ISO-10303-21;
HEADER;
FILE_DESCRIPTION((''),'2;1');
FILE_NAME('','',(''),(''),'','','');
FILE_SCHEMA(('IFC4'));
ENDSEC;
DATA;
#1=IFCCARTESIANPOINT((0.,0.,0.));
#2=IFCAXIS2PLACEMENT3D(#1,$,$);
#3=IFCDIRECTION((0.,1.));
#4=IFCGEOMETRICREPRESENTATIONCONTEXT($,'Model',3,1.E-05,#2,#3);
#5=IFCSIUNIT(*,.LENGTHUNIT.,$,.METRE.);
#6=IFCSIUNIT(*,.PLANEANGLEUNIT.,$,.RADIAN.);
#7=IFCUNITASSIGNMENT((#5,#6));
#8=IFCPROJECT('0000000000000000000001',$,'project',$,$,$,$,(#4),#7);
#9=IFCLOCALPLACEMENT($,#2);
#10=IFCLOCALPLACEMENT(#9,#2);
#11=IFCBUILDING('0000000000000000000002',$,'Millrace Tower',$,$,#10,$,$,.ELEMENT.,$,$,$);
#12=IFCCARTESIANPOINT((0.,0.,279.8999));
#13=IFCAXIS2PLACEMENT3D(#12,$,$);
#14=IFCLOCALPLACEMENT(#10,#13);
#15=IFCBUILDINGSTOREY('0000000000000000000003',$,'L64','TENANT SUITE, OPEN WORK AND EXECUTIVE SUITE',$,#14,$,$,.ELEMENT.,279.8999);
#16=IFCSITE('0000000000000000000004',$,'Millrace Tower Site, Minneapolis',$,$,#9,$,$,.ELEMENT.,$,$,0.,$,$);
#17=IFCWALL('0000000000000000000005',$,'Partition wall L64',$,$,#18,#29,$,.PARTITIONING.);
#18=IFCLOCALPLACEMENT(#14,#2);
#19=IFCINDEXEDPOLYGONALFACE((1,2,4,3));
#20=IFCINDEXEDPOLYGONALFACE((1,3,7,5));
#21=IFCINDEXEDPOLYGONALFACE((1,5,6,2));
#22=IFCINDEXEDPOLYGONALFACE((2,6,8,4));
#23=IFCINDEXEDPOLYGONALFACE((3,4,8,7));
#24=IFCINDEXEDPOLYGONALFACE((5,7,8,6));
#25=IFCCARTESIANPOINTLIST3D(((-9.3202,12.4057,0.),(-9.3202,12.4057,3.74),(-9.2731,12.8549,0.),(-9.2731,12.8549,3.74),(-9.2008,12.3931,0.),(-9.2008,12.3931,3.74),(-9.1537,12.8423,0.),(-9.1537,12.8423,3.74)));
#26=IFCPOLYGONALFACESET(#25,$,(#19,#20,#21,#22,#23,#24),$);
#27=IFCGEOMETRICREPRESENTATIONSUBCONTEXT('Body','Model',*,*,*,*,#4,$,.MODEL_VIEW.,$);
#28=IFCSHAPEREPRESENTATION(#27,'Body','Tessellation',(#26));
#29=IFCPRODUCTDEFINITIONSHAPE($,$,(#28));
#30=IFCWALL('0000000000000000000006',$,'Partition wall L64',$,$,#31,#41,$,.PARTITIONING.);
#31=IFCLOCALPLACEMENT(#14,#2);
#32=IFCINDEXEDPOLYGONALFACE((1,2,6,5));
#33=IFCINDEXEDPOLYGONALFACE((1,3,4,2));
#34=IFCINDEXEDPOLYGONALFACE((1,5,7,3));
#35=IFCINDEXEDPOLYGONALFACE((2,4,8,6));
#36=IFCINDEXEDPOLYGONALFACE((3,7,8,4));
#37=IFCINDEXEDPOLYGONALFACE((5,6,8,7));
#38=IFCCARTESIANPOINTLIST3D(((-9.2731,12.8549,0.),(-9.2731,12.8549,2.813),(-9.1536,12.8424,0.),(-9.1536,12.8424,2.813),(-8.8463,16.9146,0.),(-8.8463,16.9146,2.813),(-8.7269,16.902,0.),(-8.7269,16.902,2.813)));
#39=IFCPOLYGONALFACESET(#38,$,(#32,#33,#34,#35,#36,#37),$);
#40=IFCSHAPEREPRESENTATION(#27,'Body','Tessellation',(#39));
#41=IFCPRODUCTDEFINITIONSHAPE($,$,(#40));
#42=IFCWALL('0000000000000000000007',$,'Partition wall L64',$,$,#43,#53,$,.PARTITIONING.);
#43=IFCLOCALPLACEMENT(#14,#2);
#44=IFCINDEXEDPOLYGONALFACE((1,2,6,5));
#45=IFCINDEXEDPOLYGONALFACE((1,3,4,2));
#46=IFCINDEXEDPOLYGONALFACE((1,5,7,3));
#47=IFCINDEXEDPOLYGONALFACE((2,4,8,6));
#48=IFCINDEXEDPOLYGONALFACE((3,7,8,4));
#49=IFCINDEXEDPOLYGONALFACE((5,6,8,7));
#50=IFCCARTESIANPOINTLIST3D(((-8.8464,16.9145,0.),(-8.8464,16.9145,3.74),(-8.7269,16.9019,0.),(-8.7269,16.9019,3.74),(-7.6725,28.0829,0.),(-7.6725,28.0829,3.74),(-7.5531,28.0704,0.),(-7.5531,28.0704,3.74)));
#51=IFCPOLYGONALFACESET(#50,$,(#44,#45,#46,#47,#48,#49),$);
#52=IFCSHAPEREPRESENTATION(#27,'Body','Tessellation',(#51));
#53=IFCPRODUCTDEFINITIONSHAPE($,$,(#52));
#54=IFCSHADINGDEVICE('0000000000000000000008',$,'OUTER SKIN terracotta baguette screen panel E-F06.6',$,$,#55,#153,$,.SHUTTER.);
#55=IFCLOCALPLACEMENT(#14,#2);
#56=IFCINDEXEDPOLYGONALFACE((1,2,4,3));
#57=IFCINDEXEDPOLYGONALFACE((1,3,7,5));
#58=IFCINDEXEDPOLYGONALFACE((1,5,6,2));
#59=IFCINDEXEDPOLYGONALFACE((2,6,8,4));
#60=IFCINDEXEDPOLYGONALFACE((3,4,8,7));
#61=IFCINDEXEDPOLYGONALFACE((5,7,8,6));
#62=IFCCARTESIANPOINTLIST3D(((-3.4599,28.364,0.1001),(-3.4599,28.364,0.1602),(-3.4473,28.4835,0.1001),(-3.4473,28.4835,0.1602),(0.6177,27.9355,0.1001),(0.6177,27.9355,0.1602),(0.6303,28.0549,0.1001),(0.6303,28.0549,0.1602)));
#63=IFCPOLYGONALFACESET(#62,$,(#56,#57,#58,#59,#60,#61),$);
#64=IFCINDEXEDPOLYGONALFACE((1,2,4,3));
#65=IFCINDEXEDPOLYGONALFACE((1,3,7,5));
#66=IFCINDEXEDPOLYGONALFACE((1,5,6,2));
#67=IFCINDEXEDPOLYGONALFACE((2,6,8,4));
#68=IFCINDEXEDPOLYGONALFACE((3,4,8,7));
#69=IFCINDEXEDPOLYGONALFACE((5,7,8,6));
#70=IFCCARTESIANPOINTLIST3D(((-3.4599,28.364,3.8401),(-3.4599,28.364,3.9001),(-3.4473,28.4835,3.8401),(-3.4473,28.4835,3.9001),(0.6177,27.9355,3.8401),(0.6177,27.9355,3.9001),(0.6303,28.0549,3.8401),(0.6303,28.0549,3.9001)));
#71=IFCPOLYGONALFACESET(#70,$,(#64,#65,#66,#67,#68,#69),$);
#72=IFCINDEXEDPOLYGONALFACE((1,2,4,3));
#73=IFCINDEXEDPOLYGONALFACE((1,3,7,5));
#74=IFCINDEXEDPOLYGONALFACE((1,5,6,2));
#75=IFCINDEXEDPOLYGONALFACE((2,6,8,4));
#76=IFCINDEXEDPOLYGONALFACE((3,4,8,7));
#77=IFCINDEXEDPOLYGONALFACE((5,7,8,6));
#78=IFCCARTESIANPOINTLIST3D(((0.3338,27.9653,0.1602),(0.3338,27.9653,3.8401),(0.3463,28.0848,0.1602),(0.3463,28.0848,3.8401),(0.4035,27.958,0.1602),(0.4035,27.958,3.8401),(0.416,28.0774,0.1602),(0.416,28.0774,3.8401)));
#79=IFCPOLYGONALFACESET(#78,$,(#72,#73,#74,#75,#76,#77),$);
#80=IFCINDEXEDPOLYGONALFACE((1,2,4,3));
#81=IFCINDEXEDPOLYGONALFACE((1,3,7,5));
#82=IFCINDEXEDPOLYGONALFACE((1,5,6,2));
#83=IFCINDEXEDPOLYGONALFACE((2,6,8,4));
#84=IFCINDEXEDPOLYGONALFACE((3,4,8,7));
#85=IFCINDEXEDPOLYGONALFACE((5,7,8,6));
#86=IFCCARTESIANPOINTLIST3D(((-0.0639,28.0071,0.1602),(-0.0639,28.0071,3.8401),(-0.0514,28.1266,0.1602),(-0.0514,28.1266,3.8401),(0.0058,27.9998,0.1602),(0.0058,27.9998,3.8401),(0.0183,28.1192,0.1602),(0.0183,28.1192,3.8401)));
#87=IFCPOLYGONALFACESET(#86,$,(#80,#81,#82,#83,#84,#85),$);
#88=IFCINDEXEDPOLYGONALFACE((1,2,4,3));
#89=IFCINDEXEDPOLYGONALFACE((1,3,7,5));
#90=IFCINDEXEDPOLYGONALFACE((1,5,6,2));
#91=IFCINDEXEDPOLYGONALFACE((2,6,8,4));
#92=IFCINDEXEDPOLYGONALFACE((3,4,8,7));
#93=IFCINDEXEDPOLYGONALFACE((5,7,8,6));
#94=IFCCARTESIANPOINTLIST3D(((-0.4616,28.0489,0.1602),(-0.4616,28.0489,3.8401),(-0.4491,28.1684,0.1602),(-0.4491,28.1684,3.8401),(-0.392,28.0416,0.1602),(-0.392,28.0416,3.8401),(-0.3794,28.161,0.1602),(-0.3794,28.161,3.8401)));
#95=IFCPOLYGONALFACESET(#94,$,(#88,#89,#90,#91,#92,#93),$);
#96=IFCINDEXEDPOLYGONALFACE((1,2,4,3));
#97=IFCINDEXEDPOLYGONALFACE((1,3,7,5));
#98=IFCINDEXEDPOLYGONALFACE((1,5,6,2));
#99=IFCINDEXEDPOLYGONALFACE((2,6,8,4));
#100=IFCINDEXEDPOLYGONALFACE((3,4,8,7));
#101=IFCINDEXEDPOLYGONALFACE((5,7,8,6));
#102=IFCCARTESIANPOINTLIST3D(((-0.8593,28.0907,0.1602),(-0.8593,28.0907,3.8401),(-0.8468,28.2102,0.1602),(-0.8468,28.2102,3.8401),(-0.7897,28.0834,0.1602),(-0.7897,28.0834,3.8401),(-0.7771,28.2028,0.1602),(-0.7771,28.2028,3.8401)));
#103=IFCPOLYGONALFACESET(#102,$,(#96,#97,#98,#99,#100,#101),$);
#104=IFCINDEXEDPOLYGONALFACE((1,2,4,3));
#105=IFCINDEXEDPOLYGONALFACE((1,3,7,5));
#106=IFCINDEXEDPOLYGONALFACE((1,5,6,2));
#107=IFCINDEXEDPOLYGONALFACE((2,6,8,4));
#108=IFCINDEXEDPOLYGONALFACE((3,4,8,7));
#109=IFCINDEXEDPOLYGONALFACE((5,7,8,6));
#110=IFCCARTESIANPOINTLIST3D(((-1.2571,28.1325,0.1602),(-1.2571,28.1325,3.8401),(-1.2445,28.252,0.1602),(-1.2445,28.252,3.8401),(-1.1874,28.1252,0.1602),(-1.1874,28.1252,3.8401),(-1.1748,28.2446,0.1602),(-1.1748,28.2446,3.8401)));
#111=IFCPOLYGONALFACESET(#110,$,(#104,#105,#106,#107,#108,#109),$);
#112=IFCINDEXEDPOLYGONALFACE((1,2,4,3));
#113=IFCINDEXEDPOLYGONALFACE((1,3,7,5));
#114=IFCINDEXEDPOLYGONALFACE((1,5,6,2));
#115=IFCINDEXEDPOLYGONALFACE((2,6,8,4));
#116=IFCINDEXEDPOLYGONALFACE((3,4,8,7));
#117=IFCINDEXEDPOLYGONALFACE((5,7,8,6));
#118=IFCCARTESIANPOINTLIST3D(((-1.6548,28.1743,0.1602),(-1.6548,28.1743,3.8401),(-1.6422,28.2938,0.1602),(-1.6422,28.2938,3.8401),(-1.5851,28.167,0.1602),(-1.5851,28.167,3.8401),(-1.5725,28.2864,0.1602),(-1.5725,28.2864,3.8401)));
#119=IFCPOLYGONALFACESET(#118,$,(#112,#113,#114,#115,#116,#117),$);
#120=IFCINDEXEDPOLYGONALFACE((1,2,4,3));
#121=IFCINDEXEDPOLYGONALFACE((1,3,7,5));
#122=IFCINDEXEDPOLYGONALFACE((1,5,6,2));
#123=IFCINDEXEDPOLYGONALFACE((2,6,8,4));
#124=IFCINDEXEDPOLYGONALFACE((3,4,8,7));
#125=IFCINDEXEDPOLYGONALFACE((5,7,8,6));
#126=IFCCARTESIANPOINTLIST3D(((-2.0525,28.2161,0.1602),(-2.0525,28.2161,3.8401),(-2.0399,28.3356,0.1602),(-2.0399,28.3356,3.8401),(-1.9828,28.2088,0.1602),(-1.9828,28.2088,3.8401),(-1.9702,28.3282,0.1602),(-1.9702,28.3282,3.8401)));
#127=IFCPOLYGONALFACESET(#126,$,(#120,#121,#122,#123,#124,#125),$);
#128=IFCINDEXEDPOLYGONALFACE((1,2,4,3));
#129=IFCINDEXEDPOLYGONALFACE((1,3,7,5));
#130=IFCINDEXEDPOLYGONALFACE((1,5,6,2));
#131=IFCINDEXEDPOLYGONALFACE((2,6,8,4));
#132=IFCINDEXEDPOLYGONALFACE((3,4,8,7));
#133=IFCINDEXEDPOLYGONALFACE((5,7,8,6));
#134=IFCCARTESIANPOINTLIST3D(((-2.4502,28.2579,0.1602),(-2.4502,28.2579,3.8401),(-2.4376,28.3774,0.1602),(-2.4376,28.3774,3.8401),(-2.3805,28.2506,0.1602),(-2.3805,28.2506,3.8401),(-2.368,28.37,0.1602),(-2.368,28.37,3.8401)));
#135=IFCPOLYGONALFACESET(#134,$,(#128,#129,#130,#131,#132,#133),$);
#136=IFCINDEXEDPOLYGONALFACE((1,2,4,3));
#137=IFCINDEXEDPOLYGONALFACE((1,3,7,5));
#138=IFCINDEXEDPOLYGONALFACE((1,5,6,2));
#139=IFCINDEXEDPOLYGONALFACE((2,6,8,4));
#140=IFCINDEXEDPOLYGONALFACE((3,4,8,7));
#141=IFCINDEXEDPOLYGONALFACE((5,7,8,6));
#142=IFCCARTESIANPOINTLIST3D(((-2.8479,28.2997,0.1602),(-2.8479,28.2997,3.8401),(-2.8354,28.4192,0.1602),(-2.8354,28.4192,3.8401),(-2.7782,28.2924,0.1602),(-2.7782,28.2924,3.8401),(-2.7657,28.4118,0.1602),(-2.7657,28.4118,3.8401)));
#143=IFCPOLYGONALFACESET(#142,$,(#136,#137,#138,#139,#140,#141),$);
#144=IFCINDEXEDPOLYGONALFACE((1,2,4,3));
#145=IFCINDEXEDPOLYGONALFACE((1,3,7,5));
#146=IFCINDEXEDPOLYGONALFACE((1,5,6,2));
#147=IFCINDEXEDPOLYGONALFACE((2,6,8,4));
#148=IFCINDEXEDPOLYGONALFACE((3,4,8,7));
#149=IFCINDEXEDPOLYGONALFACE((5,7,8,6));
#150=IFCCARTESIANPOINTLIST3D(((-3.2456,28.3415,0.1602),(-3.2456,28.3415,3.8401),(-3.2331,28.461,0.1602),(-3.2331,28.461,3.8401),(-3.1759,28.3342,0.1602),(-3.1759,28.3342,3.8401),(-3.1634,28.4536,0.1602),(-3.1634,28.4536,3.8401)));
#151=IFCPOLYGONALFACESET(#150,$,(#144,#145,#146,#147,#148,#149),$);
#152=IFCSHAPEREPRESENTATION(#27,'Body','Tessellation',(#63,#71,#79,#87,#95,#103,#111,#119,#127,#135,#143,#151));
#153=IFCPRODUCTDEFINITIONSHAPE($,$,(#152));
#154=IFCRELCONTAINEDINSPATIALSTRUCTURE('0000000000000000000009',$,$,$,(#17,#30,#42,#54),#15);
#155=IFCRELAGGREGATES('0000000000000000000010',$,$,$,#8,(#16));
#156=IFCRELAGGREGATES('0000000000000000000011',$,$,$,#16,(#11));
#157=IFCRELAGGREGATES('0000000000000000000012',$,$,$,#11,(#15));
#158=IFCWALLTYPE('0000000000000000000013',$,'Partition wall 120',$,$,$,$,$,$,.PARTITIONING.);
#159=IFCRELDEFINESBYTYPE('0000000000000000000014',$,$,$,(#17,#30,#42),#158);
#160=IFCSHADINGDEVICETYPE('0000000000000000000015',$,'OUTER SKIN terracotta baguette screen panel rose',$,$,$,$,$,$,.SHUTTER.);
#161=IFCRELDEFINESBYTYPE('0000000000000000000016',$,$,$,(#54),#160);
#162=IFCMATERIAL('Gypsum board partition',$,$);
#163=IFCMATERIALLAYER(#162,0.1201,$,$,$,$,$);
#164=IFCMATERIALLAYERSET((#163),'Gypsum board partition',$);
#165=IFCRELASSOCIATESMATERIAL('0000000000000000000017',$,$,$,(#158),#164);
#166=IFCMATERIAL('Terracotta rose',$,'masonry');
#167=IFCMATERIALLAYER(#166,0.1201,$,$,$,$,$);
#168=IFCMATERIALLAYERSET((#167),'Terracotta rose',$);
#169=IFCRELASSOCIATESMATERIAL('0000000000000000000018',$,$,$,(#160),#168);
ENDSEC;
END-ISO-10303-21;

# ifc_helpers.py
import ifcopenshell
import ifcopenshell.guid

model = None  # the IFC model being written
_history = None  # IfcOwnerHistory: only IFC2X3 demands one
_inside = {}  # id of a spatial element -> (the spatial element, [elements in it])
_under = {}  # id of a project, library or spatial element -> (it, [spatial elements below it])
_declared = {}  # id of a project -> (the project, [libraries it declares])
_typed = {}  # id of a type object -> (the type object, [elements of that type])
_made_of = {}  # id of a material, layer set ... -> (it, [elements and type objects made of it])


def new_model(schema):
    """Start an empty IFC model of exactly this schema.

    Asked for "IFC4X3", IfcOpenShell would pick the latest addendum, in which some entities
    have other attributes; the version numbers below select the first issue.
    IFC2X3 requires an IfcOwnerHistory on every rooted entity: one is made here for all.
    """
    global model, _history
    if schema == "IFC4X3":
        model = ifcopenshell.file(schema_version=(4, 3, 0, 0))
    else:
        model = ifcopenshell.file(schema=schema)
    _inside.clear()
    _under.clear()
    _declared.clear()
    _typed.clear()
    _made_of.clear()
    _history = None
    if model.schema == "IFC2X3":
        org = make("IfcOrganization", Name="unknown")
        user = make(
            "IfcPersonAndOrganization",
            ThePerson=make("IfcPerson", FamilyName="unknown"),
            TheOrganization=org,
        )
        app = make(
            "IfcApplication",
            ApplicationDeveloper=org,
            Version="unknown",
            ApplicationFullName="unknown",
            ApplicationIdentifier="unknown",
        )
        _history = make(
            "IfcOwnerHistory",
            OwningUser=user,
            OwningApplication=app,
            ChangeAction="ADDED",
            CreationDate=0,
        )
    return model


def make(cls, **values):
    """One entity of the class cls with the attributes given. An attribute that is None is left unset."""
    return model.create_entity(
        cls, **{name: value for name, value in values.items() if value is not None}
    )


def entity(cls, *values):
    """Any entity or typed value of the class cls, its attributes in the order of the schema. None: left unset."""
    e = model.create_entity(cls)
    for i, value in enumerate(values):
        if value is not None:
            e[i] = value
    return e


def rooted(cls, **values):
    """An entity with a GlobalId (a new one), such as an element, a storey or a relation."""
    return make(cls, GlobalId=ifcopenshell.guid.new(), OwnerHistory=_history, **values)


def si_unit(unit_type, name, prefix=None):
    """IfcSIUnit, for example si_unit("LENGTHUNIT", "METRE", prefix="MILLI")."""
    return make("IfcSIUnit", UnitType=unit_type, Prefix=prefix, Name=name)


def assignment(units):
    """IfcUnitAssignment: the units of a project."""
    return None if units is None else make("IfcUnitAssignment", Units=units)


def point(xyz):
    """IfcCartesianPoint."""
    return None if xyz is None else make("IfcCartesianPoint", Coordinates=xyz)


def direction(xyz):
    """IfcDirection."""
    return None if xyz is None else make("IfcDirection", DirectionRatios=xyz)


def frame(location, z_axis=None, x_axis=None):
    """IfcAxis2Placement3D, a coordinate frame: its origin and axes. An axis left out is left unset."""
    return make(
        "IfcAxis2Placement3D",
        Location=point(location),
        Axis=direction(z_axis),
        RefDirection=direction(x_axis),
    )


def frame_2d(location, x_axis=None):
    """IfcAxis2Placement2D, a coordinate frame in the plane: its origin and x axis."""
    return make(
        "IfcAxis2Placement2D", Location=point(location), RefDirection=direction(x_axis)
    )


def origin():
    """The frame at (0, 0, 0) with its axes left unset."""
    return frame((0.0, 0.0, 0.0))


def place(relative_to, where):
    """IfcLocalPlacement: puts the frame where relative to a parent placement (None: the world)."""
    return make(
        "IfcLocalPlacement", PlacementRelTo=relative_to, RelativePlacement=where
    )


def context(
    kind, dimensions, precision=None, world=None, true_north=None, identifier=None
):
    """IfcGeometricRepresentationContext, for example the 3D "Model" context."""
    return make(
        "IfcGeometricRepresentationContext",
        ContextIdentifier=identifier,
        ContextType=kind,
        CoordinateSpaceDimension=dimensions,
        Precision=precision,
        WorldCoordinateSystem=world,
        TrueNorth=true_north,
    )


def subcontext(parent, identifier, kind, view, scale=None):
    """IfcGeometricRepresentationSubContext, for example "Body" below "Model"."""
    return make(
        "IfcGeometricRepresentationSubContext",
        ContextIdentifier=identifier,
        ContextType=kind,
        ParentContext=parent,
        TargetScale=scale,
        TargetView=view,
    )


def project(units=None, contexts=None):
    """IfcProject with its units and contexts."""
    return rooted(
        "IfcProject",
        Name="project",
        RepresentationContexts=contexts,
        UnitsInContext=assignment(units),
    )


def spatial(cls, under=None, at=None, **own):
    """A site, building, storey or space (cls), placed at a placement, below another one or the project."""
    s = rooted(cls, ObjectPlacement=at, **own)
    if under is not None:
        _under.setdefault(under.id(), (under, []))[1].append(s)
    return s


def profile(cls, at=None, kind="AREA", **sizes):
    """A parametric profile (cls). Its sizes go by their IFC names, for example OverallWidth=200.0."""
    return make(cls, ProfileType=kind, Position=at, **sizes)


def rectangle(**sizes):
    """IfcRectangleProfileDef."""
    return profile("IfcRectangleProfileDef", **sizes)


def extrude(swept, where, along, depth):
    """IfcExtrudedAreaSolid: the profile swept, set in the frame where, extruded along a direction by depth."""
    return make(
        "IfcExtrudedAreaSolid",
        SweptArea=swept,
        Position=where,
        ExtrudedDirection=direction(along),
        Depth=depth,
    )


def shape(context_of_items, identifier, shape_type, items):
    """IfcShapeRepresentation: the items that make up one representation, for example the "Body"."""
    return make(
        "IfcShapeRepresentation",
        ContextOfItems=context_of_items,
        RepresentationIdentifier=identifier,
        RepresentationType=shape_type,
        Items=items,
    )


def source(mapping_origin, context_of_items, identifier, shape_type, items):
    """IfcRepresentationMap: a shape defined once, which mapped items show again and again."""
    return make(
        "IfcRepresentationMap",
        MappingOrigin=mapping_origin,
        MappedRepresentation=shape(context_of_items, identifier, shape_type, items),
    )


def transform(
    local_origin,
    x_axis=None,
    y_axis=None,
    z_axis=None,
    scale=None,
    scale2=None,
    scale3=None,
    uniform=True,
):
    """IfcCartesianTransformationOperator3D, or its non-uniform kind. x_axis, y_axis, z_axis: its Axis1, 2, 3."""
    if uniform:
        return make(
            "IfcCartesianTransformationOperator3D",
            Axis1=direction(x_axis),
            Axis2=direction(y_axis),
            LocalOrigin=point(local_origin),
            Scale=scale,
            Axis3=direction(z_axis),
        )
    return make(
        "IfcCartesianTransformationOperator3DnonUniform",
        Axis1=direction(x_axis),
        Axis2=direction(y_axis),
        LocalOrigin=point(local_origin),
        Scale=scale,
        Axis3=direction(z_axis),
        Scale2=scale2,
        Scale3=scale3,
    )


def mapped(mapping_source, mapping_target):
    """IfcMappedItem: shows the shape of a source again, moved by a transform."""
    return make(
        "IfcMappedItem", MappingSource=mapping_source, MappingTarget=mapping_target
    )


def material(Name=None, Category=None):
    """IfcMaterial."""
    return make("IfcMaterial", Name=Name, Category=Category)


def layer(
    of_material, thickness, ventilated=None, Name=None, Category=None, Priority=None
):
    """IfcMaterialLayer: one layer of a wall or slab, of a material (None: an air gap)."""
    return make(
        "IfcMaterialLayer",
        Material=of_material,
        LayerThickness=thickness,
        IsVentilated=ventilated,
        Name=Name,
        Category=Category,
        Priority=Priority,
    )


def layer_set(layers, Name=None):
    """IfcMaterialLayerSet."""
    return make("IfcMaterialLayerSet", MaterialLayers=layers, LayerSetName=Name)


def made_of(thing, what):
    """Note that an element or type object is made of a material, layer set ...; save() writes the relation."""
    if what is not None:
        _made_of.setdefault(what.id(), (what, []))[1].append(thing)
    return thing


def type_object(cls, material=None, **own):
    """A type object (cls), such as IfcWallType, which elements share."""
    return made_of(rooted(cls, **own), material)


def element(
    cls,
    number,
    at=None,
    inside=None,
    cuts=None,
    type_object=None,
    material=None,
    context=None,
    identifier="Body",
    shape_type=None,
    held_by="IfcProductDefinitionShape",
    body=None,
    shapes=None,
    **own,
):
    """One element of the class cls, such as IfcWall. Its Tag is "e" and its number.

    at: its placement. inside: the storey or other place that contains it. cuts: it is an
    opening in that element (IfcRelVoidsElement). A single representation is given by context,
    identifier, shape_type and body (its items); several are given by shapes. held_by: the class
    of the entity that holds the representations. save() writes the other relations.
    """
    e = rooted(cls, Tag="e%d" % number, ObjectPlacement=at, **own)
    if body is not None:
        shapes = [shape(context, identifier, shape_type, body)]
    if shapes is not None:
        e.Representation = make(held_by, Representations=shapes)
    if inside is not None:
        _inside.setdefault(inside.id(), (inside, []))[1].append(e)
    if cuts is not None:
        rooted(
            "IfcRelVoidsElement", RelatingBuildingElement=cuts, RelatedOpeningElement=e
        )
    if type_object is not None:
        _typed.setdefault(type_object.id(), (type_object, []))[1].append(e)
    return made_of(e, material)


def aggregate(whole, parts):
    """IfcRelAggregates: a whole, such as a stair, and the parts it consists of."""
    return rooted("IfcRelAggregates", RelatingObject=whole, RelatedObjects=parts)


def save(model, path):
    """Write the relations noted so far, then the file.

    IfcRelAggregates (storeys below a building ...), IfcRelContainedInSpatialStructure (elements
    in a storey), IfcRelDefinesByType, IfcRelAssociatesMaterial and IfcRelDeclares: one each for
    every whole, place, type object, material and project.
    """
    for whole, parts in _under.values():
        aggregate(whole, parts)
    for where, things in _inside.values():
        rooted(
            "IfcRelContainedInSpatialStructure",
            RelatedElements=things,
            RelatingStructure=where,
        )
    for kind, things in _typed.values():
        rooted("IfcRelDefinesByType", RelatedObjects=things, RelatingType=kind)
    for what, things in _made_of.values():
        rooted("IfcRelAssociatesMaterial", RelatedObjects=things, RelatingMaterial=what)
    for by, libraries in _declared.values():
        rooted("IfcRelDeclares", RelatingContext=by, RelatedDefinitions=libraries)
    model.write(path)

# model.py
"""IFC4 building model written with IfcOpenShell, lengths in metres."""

from ifc_helpers import new_model, entity, si_unit, direction, frame, frame_2d, origin, place, context, subcontext, project, spatial, rectangle, extrude, source, transform, mapped, material, layer, layer_set, type_object, element, save


model = new_model("IFC4")

# Units and contexts
model_context = context("Model", 3, precision=1e-05, world=origin(), true_north=direction((0.0, 1.0)))
body_context = subcontext(model_context, "Body", "Model", "MODEL_VIEW")
ifc_project = project(units=[si_unit("LENGTHUNIT", "METRE"), si_unit("PLANEANGLEUNIT", "RADIAN")], contexts=[model_context])

# Site, building, storey
site_placement = place(None, origin())
site = spatial("IfcSite", under=ifc_project, at=site_placement, Name="Millrace Tower Site, Minneapolis", CompositionType="ELEMENT", RefElevation=0.0)
building_placement = place(site_placement, origin())
building = spatial("IfcBuilding", under=site, at=building_placement, Name="Millrace Tower", CompositionType="ELEMENT")
storey_placement = place(building_placement, frame((0.0, 0.0, 279.8999)))
storey = spatial("IfcBuildingStorey", under=building, at=storey_placement, Name="L64", Description="TENANT SUITE, OPEN WORK AND EXECUTIVE SUITE", CompositionType="ELEMENT", Elevation=279.8999)

# Walls
ifc_material_1 = material(Name="Gypsum board partition")
ifc_layer_1 = layer(ifc_material_1, 0.1201)
ifc_layer_set_1 = layer_set([ifc_layer_1], Name="Gypsum board partition")
wall_type_1 = type_object("IfcWallType", Name="Partition wall 120", PredefinedType="PARTITIONING", material=ifc_layer_set_1)
wall_1_placement = place(storey_placement, frame((-9.2605, 12.3994, 0.0), z_axis=(0.0, 0.0, 1.0), x_axis=(0.104319, 0.994544, 0.0)))
element("IfcWall", 1, at=wall_1_placement, inside=storey, type_object=wall_type_1, Name="Partition wall L64", PredefinedType="PARTITIONING", context=body_context, shape_type="SweptSolid", body=[
    extrude(rectangle(XDim=0.4517, YDim=0.1201, at=frame_2d((0.2258, 0.0))), origin(), (0.0, 0.0, 1.0), 3.74),
])
wall_2_placement = place(storey_placement, frame((-9.2134, 12.8486, 0.0), z_axis=(0.0, 0.0, 1.0), x_axis=(0.104548, 0.99452, 0.0)))
element("IfcWall", 2, at=wall_2_placement, inside=storey, type_object=wall_type_1, Name="Partition wall L64", PredefinedType="PARTITIONING", context=body_context, shape_type="SweptSolid", body=[
    extrude(rectangle(XDim=4.082, YDim=0.1201, at=frame_2d((2.041, 0.0))), origin(), (0.0, 0.0, 1.0), 2.813),
])
wall_3_placement = place(storey_placement, frame((-8.7866, 16.9082, 0.0), z_axis=(0.0, 0.0, 1.0), x_axis=(0.104526, 0.994522, 0.0)))
element("IfcWall", 3, at=wall_3_placement, inside=storey, type_object=wall_type_1, Name="Partition wall L64", PredefinedType="PARTITIONING", context=body_context, shape_type="SweptSolid", body=[
    extrude(rectangle(XDim=11.23, YDim=0.1201, at=frame_2d((5.615, 0.0))), origin(), (0.0, 0.0, 1.0), 3.74),
])

# Shading device
ifc_material_2 = material(Name="Terracotta rose", Category="masonry")
ifc_layer_2 = layer(ifc_material_2, 0.1201)
ifc_layer_set_2 = layer_set([ifc_layer_2], Name="Terracotta rose")
shading_device_type = type_object("IfcShadingDeviceType", Name="OUTER SKIN terracotta baguette screen panel rose", PredefinedType="SHUTTER", material=ifc_layer_set_2)
cartesian_point_1 = entity("IfcCartesianPoint", [-2.05, 0.0601])
shared_polyline_1 = entity("IfcPolyline", [cartesian_point_1, entity("IfcCartesianPoint", [2.05, 0.0601]), entity("IfcCartesianPoint", [2.05, -0.0601]), entity("IfcCartesianPoint", [-2.05, -0.0601]), cartesian_point_1])
shared_shape_1 = source(origin(), body_context, "Body", "SweptSolid", [
    entity("IfcExtrudedAreaSolid", entity("IfcArbitraryClosedProfileDef", "AREA", None, shared_polyline_1), entity("IfcAxis2Placement3D", entity("IfcCartesianPoint", [0.0, 0.0, 0.0])), entity("IfcDirection", [0.0, 0.0, 1.0]), 0.0601),
    entity("IfcExtrudedAreaSolid", entity("IfcArbitraryClosedProfileDef", "AREA", None, shared_polyline_1), entity("IfcAxis2Placement3D", entity("IfcCartesianPoint", [0.0, 0.0, 3.74])), entity("IfcDirection", [0.0, 0.0, 1.0]), 0.0601),
    extrude(rectangle(XDim=0.0701, YDim=0.1201, at=frame_2d((-1.7996, 0.0))), frame((0.0, 0.0, 0.0601)), (0.0, 0.0, 1.0), 3.6799),
    extrude(rectangle(XDim=0.0701, YDim=0.1201, at=frame_2d((-1.3997, 0.0))), frame((0.0, 0.0, 0.0601)), (0.0, 0.0, 1.0), 3.6799),
    extrude(rectangle(XDim=0.0701, YDim=0.1201, at=frame_2d((-0.9998, 0.0))), frame((0.0, 0.0, 0.0601)), (0.0, 0.0, 1.0), 3.6799),
    extrude(rectangle(XDim=0.0701, YDim=0.1201, at=frame_2d((-0.5999, 0.0))), frame((0.0, 0.0, 0.0601)), (0.0, 0.0, 1.0), 3.6799),
    extrude(rectangle(XDim=0.0701, YDim=0.1201, at=frame_2d((-0.2, 0.0))), frame((0.0, 0.0, 0.0601)), (0.0, 0.0, 1.0), 3.6799),
    extrude(rectangle(XDim=0.0701, YDim=0.1201, at=frame_2d((0.2, 0.0))), frame((0.0, 0.0, 0.0601)), (0.0, 0.0, 1.0), 3.6799),
    extrude(rectangle(XDim=0.0701, YDim=0.1201, at=frame_2d((0.5999, 0.0))), frame((0.0, 0.0, 0.0601)), (0.0, 0.0, 1.0), 3.6799),
    extrude(rectangle(XDim=0.0701, YDim=0.1201, at=frame_2d((0.9998, 0.0))), frame((0.0, 0.0, 0.0601)), (0.0, 0.0, 1.0), 3.6799),
    extrude(rectangle(XDim=0.0701, YDim=0.1201, at=frame_2d((1.3997, 0.0))), frame((0.0, 0.0, 0.0601)), (0.0, 0.0, 1.0), 3.6799),
    extrude(rectangle(XDim=0.0701, YDim=0.1201, at=frame_2d((1.7996, 0.0))), frame((0.0, 0.0, 0.0601)), (0.0, 0.0, 1.0), 3.6799),
])
for number, where, z_axis, x_axis, name in (
    (4, (-1.4148, 28.2095, 0.1001), (0.0, 0.0, 1.0), (-0.994522, 0.104528, 0.0), "OUTER SKIN terracotta baguette screen panel E-F06.6"),
):
    element("IfcShadingDevice", number, at=place(storey_placement, frame(where, z_axis=z_axis, x_axis=x_axis)), inside=storey, type_object=shading_device_type, Name=name, PredefinedType="SHUTTER", context=body_context, shape_type="MappedRepresentation", body=[
        mapped(shared_shape_1, transform((0.0, 0.0, 0.0), scale=1.0)),
    ])

save(model, "model.ifc")
